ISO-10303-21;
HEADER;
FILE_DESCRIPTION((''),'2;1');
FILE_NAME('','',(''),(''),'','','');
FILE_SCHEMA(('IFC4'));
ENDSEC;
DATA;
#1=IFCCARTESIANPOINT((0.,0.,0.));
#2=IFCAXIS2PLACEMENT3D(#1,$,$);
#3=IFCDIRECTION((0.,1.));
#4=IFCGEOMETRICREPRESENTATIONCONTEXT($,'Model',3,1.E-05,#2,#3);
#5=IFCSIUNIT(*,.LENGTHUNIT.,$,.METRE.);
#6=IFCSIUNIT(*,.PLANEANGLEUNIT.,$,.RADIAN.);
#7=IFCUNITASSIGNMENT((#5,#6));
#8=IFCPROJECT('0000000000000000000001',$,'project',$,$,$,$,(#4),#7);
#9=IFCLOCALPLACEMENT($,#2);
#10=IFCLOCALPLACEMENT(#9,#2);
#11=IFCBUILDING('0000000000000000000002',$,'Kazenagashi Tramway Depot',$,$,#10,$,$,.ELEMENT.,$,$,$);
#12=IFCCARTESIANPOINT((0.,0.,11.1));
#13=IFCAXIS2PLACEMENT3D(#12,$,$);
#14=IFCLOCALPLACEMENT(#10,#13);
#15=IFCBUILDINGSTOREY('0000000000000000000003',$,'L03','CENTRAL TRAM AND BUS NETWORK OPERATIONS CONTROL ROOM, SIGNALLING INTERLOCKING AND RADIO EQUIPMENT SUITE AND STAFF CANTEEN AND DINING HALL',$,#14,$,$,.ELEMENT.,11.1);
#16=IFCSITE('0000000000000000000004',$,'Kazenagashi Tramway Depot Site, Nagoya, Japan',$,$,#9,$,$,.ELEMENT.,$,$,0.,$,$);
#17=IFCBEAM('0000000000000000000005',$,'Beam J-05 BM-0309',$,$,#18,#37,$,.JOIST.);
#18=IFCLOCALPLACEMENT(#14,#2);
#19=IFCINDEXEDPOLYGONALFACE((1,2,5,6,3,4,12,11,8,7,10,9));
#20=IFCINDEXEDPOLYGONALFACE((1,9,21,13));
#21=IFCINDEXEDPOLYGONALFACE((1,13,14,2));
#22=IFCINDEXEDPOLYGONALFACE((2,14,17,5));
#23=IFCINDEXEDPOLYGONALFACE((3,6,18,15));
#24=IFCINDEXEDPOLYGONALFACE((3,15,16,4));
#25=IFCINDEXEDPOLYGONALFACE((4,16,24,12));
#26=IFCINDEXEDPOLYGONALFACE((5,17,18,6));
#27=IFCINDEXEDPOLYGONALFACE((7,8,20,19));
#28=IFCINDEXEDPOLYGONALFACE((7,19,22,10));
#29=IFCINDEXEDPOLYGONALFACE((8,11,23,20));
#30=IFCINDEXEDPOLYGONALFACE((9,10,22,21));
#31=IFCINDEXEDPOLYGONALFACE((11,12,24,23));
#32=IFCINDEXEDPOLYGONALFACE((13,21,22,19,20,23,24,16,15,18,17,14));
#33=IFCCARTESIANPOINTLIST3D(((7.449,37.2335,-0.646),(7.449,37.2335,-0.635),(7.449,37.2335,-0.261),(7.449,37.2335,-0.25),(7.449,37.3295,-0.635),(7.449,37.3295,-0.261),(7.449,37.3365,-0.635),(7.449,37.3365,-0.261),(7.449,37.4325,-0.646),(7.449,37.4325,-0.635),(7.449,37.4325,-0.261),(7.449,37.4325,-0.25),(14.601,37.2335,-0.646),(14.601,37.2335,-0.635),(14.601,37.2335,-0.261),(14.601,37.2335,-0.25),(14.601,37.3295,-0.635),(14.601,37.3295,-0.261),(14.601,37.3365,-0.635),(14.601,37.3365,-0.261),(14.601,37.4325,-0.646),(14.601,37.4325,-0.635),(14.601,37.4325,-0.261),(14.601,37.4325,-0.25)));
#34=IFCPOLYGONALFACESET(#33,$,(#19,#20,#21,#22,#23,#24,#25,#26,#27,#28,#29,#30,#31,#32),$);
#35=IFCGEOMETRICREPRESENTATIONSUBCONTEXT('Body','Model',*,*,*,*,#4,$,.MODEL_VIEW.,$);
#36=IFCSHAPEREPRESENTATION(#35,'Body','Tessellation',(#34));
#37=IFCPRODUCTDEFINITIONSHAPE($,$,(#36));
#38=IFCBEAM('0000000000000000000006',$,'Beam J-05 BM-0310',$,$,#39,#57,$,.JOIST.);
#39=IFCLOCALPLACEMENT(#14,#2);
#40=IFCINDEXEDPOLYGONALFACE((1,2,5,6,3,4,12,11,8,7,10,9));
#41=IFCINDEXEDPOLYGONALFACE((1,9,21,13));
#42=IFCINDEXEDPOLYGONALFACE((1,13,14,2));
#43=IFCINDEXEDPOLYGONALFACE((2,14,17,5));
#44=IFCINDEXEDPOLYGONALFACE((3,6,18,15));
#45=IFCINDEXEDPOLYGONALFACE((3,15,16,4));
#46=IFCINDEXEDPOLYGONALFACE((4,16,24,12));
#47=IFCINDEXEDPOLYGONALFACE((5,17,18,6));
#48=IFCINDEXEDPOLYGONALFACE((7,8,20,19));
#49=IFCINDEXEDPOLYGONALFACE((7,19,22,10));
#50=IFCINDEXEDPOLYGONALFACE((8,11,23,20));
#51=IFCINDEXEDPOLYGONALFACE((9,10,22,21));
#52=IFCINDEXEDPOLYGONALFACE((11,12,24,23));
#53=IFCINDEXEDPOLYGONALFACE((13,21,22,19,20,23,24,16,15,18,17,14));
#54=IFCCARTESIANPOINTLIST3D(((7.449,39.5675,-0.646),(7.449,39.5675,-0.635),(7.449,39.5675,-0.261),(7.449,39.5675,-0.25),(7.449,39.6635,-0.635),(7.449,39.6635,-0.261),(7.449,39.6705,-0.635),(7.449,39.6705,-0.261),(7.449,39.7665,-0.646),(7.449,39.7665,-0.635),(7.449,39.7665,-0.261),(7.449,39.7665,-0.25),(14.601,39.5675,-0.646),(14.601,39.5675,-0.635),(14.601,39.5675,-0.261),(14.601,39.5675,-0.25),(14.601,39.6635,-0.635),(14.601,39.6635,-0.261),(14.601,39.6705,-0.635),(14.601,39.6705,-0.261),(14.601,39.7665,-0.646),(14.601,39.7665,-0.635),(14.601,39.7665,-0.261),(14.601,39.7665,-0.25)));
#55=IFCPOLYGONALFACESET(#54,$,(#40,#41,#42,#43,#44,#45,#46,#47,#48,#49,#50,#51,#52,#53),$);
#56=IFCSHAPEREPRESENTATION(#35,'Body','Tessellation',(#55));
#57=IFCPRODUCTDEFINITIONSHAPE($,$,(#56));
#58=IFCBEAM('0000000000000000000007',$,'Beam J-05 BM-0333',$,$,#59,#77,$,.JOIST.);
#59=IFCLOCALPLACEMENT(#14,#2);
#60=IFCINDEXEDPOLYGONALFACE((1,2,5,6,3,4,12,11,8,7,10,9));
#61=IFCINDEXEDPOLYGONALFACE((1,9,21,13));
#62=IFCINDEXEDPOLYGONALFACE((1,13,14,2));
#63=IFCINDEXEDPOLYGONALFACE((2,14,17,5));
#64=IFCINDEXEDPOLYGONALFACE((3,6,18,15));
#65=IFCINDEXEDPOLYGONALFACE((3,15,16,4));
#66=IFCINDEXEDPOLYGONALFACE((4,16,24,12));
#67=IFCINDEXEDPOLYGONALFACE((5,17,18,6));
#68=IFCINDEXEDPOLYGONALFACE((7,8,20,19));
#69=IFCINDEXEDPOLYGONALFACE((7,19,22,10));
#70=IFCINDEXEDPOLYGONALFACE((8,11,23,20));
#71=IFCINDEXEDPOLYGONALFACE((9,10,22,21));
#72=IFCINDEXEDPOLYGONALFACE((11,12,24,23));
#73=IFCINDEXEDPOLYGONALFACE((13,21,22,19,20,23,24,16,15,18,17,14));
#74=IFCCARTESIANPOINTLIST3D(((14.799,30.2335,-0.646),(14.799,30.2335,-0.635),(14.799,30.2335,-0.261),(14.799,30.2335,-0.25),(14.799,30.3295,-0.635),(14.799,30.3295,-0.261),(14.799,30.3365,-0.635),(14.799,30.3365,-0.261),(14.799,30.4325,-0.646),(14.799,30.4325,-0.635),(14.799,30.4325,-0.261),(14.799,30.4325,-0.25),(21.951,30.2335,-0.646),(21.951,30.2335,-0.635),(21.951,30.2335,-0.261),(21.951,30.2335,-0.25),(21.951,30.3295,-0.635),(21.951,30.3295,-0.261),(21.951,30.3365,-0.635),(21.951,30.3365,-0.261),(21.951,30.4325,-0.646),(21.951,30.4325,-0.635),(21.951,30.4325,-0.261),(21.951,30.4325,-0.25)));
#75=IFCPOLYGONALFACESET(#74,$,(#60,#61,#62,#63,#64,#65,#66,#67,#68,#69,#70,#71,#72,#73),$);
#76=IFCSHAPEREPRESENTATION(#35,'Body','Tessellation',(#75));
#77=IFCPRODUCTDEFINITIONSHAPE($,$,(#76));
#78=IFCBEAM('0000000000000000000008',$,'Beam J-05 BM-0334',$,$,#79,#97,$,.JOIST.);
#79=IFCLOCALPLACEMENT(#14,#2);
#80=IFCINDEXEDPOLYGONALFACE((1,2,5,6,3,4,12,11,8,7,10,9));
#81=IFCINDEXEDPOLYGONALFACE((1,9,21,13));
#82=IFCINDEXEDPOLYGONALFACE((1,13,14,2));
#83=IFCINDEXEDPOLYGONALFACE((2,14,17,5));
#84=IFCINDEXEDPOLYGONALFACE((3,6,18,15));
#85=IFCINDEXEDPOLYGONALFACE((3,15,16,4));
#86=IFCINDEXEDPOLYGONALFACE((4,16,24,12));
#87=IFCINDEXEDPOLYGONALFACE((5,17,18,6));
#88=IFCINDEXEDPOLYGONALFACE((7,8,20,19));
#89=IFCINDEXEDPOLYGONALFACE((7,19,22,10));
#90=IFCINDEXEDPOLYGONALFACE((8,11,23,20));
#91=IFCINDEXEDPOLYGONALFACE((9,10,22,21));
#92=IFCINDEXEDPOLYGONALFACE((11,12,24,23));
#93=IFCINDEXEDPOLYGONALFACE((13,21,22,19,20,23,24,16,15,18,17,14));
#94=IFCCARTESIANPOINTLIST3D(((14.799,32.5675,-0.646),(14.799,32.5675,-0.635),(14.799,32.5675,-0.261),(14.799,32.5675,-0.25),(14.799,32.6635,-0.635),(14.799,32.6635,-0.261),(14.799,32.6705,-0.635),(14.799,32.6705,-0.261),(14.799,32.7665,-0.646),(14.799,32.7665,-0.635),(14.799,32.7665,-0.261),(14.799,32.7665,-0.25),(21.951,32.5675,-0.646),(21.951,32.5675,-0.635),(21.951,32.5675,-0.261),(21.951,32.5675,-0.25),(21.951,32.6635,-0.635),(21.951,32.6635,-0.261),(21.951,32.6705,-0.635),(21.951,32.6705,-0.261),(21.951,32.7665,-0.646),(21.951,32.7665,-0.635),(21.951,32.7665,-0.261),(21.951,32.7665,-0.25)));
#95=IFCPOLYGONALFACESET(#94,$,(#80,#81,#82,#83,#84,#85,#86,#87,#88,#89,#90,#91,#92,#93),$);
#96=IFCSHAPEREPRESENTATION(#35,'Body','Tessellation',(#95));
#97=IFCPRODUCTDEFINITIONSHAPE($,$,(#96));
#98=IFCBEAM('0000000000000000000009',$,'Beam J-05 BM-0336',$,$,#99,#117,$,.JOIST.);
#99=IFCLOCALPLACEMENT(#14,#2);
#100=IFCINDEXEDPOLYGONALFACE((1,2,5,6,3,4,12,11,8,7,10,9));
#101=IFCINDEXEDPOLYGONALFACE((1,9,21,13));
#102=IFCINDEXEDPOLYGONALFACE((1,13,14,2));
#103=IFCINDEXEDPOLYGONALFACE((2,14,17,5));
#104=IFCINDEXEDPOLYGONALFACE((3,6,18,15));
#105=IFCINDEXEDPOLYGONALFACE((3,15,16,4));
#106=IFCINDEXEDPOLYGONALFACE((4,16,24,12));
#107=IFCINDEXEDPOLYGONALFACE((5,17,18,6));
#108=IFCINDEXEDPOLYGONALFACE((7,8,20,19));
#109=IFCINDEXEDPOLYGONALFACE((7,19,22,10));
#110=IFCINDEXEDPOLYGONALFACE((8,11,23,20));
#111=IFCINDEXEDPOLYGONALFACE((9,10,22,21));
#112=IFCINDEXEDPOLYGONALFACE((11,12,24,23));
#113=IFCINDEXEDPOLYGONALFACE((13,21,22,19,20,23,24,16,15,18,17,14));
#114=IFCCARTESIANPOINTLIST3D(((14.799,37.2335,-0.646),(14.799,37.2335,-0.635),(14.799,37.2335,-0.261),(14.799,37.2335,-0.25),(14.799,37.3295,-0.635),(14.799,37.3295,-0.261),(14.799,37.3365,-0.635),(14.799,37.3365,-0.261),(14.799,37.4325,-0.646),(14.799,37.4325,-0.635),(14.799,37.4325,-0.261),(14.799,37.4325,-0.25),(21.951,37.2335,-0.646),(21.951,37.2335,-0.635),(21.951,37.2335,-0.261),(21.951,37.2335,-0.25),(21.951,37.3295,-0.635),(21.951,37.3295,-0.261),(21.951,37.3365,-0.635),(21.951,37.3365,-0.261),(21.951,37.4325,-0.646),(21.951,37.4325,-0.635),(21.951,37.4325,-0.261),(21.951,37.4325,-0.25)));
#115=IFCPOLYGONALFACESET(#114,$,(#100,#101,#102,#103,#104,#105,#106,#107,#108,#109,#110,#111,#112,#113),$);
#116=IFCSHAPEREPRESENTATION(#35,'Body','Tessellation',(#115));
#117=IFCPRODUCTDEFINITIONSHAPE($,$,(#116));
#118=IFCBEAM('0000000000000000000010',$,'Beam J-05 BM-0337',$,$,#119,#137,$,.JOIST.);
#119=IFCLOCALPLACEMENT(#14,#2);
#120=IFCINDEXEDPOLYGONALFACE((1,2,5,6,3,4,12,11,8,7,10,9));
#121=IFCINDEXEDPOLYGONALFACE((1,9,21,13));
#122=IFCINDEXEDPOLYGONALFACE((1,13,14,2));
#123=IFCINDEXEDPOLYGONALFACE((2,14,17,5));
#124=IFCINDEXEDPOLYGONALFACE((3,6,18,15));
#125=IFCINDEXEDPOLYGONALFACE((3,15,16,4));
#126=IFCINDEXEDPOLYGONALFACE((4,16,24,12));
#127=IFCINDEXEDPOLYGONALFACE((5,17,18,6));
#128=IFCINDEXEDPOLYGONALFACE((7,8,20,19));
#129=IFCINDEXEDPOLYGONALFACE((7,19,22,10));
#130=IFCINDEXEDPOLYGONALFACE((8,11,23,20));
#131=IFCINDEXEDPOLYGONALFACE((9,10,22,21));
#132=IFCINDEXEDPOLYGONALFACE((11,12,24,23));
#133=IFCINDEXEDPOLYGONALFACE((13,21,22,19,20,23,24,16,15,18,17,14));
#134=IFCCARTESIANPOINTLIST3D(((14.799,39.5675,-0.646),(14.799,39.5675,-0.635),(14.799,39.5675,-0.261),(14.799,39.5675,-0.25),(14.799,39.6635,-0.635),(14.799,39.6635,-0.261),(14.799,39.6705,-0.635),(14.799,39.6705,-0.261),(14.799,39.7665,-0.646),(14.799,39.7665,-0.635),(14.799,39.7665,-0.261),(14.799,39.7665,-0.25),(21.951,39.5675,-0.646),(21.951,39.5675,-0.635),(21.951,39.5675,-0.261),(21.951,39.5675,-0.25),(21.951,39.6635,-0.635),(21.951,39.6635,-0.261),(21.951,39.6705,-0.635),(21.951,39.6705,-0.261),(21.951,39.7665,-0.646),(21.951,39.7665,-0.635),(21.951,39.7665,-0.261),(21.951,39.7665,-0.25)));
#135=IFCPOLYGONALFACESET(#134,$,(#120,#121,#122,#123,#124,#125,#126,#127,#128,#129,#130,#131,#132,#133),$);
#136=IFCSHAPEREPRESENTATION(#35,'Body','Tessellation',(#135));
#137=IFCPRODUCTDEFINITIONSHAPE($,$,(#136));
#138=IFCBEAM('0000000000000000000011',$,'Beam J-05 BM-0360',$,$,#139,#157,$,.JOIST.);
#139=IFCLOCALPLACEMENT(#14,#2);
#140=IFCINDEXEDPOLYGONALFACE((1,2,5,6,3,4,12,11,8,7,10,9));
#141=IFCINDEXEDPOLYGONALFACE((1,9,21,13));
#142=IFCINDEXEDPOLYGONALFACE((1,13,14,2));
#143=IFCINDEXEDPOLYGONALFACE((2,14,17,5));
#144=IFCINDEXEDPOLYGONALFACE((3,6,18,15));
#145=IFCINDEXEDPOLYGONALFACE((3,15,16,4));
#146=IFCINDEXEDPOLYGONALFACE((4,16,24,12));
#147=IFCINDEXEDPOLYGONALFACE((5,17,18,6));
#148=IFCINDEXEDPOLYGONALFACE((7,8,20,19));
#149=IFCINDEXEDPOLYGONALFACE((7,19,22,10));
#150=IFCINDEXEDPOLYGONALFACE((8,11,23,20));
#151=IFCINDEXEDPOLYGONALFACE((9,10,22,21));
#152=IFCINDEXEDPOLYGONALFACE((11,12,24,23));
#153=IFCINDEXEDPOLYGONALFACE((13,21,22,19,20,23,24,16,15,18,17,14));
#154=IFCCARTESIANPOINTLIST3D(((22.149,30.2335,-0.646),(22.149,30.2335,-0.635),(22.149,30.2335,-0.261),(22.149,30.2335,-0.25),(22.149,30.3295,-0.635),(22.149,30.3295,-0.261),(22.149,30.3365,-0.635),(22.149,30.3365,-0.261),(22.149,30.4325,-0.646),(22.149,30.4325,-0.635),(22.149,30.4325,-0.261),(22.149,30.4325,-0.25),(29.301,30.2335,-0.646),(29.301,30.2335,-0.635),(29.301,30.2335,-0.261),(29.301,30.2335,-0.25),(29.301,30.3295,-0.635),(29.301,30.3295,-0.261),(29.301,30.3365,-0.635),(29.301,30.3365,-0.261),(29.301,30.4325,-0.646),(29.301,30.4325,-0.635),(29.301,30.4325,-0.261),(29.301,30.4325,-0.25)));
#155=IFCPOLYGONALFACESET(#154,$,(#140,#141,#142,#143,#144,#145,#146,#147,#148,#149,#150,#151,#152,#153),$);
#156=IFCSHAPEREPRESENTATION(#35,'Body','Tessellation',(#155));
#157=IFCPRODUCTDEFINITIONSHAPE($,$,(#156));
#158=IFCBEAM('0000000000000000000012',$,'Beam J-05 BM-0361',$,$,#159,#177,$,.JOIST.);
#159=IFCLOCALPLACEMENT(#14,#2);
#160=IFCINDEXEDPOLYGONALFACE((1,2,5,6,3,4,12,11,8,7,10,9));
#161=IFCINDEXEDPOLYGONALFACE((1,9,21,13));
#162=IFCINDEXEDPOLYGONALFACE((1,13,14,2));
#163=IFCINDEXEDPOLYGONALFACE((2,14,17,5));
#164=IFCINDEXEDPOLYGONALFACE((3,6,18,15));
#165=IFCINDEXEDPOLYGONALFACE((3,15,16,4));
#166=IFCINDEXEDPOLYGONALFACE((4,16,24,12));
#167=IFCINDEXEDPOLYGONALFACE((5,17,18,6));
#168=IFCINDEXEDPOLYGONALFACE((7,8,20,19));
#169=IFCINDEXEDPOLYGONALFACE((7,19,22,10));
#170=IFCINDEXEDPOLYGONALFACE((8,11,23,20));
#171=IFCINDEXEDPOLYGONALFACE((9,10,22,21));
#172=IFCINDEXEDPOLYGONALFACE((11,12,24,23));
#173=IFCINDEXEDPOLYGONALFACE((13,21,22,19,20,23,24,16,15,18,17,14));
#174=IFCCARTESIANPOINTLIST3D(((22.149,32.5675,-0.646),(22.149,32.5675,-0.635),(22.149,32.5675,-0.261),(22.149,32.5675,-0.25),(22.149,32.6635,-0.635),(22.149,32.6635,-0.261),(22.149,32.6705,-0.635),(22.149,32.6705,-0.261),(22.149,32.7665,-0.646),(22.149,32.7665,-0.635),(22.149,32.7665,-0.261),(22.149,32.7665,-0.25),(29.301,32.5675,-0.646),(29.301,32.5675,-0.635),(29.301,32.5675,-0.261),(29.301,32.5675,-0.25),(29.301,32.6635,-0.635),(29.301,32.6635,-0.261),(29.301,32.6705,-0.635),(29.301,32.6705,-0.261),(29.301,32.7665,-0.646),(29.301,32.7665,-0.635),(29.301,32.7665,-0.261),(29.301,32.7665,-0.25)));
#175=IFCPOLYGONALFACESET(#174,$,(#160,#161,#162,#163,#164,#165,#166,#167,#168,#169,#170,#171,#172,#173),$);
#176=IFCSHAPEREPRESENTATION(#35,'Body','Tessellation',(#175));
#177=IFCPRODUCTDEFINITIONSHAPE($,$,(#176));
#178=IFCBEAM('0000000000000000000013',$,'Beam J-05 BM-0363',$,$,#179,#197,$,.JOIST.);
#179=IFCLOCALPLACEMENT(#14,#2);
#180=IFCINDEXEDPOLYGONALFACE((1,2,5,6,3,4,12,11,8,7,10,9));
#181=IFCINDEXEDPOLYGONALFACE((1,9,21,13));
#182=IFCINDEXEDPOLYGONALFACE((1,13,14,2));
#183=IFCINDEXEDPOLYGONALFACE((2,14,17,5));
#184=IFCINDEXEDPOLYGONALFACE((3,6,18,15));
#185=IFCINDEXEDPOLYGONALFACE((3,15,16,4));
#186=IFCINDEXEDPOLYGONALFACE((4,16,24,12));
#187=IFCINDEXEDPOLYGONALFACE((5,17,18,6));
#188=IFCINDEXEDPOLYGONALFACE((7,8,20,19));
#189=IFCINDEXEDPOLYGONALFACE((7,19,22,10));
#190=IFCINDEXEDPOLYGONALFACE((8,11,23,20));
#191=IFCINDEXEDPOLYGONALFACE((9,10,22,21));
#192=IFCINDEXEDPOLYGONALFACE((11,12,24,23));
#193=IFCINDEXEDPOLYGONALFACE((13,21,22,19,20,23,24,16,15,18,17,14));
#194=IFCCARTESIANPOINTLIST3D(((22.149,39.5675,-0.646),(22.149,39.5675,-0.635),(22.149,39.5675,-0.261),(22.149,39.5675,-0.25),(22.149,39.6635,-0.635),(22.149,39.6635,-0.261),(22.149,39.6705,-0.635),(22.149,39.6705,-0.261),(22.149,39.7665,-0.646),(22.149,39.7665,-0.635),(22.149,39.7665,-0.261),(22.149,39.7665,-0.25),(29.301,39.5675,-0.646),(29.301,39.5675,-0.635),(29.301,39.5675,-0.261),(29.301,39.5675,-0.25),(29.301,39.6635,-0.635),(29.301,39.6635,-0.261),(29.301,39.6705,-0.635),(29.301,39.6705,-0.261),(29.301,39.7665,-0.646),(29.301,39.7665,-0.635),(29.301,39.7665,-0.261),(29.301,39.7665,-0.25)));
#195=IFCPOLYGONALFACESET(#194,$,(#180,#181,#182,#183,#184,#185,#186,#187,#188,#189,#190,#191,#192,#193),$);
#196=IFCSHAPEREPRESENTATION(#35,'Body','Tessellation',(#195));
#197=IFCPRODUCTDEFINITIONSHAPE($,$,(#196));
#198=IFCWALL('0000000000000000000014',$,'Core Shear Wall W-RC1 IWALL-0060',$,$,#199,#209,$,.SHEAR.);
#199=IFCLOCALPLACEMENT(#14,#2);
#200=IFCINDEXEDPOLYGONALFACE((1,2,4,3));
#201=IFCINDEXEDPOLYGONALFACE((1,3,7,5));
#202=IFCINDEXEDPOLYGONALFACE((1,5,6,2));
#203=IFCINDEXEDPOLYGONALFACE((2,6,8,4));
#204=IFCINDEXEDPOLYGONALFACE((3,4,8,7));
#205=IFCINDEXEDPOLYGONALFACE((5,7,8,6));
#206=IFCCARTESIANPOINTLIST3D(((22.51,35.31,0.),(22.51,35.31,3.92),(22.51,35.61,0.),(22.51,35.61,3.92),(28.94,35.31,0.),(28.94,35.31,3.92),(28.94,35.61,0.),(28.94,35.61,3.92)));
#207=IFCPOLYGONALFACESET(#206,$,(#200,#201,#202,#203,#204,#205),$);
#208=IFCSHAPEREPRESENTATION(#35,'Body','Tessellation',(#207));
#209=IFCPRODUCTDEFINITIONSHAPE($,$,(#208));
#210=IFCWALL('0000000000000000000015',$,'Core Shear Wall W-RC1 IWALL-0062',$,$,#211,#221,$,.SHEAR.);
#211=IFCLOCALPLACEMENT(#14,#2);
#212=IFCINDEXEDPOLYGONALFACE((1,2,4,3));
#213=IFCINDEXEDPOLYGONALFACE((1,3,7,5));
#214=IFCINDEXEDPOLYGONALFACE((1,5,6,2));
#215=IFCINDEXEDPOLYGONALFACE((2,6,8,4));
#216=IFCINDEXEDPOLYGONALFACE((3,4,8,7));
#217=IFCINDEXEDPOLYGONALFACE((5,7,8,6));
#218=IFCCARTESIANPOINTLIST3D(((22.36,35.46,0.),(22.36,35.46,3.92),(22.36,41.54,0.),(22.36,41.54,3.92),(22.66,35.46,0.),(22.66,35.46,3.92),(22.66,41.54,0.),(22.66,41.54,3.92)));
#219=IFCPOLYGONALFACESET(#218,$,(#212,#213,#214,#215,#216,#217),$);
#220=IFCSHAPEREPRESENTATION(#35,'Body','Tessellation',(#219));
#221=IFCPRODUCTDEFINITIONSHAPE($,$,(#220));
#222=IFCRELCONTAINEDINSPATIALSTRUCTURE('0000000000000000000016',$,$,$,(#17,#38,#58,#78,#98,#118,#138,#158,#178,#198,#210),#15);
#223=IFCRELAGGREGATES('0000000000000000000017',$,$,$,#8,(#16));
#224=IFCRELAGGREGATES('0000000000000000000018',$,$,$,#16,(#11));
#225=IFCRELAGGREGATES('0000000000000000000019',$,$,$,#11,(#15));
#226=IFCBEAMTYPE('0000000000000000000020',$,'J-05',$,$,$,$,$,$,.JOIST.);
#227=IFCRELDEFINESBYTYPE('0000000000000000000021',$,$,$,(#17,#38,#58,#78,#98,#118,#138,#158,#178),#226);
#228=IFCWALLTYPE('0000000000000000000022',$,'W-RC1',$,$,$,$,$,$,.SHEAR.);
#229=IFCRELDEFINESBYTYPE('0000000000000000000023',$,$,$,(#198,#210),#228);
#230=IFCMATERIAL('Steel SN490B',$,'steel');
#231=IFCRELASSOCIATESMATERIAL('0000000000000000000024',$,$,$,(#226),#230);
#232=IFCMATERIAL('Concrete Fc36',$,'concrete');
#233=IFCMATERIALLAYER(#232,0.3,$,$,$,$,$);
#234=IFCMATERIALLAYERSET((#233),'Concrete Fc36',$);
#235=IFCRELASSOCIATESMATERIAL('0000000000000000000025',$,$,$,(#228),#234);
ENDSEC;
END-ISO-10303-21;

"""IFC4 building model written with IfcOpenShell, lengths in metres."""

from ifc_helpers import new_model, si_unit, direction, frame, frame_2d, origin, origin_2d, place, context, subcontext, project, spatial, rectangle, i_section, extrude, material, layer, layer_set, material_profile, profile_set, type_object, element, save


model = new_model("IFC4")

# Units and contexts
model_context = context("Model", 3, precision=1e-05, world=origin(), true_north=direction((0.0, 1.0)))
body_context = subcontext(model_context, "Body", "Model", "MODEL_VIEW")
ifc_project = project(units=[si_unit("LENGTHUNIT", "METRE"), si_unit("PLANEANGLEUNIT", "RADIAN")], contexts=[model_context])

# Site, building, storey
site_placement = place(None, origin())
site = spatial("IfcSite", under=ifc_project, at=site_placement, Name="Kazenagashi Tramway Depot Site, Nagoya, Japan", CompositionType="ELEMENT", RefElevation=0.0)
building_placement = place(site_placement, origin())
building = spatial("IfcBuilding", under=site, at=building_placement, Name="Kazenagashi Tramway Depot", CompositionType="ELEMENT")
storey_placement = place(building_placement, frame((0.0, 0.0, 11.1)))
storey = spatial("IfcBuildingStorey", under=building, at=storey_placement, Name="L03", Description="CENTRAL TRAM AND BUS NETWORK OPERATIONS CONTROL ROOM, SIGNALLING INTERLOCKING AND RADIO EQUIPMENT SUITE AND STAFF CANTEEN AND DINING HALL", CompositionType="ELEMENT", Elevation=11.1)

# Shared definitions
ifc_material_1 = material(Name="Steel SN490B", Category="steel")

# Beams
ifc_material_profile_1 = material_profile(ifc_material_1, i_section(OverallWidth=0.199, OverallDepth=0.396, WebThickness=0.007, FlangeThickness=0.011, at=origin_2d()), Name="H-396x199x7x11")
ifc_profile_set_1 = profile_set([ifc_material_profile_1], Name="Steel SN490B")
beam_type_1 = type_object("IfcBeamType", Name="J-05", PredefinedType="JOIST", material=ifc_profile_set_1)
for number, where, z_axis, x_axis, name in (
    (1, (7.449, 37.333, -0.448), (1.0, 0.0, 0.0), (0.0, 1.0, 0.0), "Beam J-05 BM-0309"),
    (2, (7.449, 39.667, -0.448), (1.0, 0.0, 0.0), (0.0, 1.0, 0.0), "Beam J-05 BM-0310"),
    (3, (14.799, 30.333, -0.448), (1.0, 0.0, 0.0), (0.0, 1.0, 0.0), "Beam J-05 BM-0333"),
    (4, (14.799, 32.667, -0.448), (1.0, 0.0, 0.0), (0.0, 1.0, 0.0), "Beam J-05 BM-0334"),
    (5, (14.799, 37.333, -0.448), (1.0, 0.0, 0.0), (0.0, 1.0, 0.0), "Beam J-05 BM-0336"),
    (6, (14.799, 39.667, -0.448), (1.0, 0.0, 0.0), (0.0, 1.0, 0.0), "Beam J-05 BM-0337"),
    (7, (22.149, 30.333, -0.448), (1.0, 0.0, 0.0), (0.0, 1.0, 0.0), "Beam J-05 BM-0360"),
    (8, (22.149, 32.667, -0.448), (1.0, 0.0, 0.0), (0.0, 1.0, 0.0), "Beam J-05 BM-0361"),
    (9, (22.149, 39.667, -0.448), (1.0, 0.0, 0.0), (0.0, 1.0, 0.0), "Beam J-05 BM-0363"),
):
    element("IfcBeam", number, at=place(storey_placement, frame(where, z_axis=z_axis, x_axis=x_axis)), inside=storey, type_object=beam_type_1, Name=name, PredefinedType="JOIST", context=body_context, shape_type="SweptSolid", body=[
        extrude(i_section(OverallWidth=0.199, OverallDepth=0.396, WebThickness=0.007, FlangeThickness=0.011, at=origin_2d()), origin(), (0.0, 0.0, 1.0), 7.152),
    ])

# Walls
ifc_material_2 = material(Name="Concrete Fc36", Category="concrete")
ifc_layer = layer(ifc_material_2, 0.3)
ifc_layer_set = layer_set([ifc_layer], Name="Concrete Fc36")
wall_type = type_object("IfcWallType", Name="W-RC1", PredefinedType="SHEAR", material=ifc_layer_set)
wall_1_placement = place(storey_placement, frame((22.51, 35.46, 0.0), z_axis=(0.0, 0.0, 1.0), x_axis=(1.0, 0.0, 0.0)))
element("IfcWall", 10, at=wall_1_placement, inside=storey, type_object=wall_type, Name="Core Shear Wall W-RC1 IWALL-0060", PredefinedType="SHEAR", context=body_context, shape_type="SweptSolid", body=[
    extrude(rectangle(XDim=6.43, YDim=0.3, at=frame_2d((3.215, 0.0))), origin(), (0.0, 0.0, 1.0), 3.92),
])
wall_2_placement = place(storey_placement, frame((22.51, 35.46, 0.0), z_axis=(0.0, 0.0, 1.0), x_axis=(0.0, 1.0, 0.0)))
element("IfcWall", 11, at=wall_2_placement, inside=storey, type_object=wall_type, Name="Core Shear Wall W-RC1 IWALL-0062", PredefinedType="SHEAR", context=body_context, shape_type="SweptSolid", body=[
    extrude(rectangle(XDim=6.08, YDim=0.3, at=frame_2d((3.04, 0.0))), origin(), (0.0, 0.0, 1.0), 3.92),
])

save(model, "model.ifc")
